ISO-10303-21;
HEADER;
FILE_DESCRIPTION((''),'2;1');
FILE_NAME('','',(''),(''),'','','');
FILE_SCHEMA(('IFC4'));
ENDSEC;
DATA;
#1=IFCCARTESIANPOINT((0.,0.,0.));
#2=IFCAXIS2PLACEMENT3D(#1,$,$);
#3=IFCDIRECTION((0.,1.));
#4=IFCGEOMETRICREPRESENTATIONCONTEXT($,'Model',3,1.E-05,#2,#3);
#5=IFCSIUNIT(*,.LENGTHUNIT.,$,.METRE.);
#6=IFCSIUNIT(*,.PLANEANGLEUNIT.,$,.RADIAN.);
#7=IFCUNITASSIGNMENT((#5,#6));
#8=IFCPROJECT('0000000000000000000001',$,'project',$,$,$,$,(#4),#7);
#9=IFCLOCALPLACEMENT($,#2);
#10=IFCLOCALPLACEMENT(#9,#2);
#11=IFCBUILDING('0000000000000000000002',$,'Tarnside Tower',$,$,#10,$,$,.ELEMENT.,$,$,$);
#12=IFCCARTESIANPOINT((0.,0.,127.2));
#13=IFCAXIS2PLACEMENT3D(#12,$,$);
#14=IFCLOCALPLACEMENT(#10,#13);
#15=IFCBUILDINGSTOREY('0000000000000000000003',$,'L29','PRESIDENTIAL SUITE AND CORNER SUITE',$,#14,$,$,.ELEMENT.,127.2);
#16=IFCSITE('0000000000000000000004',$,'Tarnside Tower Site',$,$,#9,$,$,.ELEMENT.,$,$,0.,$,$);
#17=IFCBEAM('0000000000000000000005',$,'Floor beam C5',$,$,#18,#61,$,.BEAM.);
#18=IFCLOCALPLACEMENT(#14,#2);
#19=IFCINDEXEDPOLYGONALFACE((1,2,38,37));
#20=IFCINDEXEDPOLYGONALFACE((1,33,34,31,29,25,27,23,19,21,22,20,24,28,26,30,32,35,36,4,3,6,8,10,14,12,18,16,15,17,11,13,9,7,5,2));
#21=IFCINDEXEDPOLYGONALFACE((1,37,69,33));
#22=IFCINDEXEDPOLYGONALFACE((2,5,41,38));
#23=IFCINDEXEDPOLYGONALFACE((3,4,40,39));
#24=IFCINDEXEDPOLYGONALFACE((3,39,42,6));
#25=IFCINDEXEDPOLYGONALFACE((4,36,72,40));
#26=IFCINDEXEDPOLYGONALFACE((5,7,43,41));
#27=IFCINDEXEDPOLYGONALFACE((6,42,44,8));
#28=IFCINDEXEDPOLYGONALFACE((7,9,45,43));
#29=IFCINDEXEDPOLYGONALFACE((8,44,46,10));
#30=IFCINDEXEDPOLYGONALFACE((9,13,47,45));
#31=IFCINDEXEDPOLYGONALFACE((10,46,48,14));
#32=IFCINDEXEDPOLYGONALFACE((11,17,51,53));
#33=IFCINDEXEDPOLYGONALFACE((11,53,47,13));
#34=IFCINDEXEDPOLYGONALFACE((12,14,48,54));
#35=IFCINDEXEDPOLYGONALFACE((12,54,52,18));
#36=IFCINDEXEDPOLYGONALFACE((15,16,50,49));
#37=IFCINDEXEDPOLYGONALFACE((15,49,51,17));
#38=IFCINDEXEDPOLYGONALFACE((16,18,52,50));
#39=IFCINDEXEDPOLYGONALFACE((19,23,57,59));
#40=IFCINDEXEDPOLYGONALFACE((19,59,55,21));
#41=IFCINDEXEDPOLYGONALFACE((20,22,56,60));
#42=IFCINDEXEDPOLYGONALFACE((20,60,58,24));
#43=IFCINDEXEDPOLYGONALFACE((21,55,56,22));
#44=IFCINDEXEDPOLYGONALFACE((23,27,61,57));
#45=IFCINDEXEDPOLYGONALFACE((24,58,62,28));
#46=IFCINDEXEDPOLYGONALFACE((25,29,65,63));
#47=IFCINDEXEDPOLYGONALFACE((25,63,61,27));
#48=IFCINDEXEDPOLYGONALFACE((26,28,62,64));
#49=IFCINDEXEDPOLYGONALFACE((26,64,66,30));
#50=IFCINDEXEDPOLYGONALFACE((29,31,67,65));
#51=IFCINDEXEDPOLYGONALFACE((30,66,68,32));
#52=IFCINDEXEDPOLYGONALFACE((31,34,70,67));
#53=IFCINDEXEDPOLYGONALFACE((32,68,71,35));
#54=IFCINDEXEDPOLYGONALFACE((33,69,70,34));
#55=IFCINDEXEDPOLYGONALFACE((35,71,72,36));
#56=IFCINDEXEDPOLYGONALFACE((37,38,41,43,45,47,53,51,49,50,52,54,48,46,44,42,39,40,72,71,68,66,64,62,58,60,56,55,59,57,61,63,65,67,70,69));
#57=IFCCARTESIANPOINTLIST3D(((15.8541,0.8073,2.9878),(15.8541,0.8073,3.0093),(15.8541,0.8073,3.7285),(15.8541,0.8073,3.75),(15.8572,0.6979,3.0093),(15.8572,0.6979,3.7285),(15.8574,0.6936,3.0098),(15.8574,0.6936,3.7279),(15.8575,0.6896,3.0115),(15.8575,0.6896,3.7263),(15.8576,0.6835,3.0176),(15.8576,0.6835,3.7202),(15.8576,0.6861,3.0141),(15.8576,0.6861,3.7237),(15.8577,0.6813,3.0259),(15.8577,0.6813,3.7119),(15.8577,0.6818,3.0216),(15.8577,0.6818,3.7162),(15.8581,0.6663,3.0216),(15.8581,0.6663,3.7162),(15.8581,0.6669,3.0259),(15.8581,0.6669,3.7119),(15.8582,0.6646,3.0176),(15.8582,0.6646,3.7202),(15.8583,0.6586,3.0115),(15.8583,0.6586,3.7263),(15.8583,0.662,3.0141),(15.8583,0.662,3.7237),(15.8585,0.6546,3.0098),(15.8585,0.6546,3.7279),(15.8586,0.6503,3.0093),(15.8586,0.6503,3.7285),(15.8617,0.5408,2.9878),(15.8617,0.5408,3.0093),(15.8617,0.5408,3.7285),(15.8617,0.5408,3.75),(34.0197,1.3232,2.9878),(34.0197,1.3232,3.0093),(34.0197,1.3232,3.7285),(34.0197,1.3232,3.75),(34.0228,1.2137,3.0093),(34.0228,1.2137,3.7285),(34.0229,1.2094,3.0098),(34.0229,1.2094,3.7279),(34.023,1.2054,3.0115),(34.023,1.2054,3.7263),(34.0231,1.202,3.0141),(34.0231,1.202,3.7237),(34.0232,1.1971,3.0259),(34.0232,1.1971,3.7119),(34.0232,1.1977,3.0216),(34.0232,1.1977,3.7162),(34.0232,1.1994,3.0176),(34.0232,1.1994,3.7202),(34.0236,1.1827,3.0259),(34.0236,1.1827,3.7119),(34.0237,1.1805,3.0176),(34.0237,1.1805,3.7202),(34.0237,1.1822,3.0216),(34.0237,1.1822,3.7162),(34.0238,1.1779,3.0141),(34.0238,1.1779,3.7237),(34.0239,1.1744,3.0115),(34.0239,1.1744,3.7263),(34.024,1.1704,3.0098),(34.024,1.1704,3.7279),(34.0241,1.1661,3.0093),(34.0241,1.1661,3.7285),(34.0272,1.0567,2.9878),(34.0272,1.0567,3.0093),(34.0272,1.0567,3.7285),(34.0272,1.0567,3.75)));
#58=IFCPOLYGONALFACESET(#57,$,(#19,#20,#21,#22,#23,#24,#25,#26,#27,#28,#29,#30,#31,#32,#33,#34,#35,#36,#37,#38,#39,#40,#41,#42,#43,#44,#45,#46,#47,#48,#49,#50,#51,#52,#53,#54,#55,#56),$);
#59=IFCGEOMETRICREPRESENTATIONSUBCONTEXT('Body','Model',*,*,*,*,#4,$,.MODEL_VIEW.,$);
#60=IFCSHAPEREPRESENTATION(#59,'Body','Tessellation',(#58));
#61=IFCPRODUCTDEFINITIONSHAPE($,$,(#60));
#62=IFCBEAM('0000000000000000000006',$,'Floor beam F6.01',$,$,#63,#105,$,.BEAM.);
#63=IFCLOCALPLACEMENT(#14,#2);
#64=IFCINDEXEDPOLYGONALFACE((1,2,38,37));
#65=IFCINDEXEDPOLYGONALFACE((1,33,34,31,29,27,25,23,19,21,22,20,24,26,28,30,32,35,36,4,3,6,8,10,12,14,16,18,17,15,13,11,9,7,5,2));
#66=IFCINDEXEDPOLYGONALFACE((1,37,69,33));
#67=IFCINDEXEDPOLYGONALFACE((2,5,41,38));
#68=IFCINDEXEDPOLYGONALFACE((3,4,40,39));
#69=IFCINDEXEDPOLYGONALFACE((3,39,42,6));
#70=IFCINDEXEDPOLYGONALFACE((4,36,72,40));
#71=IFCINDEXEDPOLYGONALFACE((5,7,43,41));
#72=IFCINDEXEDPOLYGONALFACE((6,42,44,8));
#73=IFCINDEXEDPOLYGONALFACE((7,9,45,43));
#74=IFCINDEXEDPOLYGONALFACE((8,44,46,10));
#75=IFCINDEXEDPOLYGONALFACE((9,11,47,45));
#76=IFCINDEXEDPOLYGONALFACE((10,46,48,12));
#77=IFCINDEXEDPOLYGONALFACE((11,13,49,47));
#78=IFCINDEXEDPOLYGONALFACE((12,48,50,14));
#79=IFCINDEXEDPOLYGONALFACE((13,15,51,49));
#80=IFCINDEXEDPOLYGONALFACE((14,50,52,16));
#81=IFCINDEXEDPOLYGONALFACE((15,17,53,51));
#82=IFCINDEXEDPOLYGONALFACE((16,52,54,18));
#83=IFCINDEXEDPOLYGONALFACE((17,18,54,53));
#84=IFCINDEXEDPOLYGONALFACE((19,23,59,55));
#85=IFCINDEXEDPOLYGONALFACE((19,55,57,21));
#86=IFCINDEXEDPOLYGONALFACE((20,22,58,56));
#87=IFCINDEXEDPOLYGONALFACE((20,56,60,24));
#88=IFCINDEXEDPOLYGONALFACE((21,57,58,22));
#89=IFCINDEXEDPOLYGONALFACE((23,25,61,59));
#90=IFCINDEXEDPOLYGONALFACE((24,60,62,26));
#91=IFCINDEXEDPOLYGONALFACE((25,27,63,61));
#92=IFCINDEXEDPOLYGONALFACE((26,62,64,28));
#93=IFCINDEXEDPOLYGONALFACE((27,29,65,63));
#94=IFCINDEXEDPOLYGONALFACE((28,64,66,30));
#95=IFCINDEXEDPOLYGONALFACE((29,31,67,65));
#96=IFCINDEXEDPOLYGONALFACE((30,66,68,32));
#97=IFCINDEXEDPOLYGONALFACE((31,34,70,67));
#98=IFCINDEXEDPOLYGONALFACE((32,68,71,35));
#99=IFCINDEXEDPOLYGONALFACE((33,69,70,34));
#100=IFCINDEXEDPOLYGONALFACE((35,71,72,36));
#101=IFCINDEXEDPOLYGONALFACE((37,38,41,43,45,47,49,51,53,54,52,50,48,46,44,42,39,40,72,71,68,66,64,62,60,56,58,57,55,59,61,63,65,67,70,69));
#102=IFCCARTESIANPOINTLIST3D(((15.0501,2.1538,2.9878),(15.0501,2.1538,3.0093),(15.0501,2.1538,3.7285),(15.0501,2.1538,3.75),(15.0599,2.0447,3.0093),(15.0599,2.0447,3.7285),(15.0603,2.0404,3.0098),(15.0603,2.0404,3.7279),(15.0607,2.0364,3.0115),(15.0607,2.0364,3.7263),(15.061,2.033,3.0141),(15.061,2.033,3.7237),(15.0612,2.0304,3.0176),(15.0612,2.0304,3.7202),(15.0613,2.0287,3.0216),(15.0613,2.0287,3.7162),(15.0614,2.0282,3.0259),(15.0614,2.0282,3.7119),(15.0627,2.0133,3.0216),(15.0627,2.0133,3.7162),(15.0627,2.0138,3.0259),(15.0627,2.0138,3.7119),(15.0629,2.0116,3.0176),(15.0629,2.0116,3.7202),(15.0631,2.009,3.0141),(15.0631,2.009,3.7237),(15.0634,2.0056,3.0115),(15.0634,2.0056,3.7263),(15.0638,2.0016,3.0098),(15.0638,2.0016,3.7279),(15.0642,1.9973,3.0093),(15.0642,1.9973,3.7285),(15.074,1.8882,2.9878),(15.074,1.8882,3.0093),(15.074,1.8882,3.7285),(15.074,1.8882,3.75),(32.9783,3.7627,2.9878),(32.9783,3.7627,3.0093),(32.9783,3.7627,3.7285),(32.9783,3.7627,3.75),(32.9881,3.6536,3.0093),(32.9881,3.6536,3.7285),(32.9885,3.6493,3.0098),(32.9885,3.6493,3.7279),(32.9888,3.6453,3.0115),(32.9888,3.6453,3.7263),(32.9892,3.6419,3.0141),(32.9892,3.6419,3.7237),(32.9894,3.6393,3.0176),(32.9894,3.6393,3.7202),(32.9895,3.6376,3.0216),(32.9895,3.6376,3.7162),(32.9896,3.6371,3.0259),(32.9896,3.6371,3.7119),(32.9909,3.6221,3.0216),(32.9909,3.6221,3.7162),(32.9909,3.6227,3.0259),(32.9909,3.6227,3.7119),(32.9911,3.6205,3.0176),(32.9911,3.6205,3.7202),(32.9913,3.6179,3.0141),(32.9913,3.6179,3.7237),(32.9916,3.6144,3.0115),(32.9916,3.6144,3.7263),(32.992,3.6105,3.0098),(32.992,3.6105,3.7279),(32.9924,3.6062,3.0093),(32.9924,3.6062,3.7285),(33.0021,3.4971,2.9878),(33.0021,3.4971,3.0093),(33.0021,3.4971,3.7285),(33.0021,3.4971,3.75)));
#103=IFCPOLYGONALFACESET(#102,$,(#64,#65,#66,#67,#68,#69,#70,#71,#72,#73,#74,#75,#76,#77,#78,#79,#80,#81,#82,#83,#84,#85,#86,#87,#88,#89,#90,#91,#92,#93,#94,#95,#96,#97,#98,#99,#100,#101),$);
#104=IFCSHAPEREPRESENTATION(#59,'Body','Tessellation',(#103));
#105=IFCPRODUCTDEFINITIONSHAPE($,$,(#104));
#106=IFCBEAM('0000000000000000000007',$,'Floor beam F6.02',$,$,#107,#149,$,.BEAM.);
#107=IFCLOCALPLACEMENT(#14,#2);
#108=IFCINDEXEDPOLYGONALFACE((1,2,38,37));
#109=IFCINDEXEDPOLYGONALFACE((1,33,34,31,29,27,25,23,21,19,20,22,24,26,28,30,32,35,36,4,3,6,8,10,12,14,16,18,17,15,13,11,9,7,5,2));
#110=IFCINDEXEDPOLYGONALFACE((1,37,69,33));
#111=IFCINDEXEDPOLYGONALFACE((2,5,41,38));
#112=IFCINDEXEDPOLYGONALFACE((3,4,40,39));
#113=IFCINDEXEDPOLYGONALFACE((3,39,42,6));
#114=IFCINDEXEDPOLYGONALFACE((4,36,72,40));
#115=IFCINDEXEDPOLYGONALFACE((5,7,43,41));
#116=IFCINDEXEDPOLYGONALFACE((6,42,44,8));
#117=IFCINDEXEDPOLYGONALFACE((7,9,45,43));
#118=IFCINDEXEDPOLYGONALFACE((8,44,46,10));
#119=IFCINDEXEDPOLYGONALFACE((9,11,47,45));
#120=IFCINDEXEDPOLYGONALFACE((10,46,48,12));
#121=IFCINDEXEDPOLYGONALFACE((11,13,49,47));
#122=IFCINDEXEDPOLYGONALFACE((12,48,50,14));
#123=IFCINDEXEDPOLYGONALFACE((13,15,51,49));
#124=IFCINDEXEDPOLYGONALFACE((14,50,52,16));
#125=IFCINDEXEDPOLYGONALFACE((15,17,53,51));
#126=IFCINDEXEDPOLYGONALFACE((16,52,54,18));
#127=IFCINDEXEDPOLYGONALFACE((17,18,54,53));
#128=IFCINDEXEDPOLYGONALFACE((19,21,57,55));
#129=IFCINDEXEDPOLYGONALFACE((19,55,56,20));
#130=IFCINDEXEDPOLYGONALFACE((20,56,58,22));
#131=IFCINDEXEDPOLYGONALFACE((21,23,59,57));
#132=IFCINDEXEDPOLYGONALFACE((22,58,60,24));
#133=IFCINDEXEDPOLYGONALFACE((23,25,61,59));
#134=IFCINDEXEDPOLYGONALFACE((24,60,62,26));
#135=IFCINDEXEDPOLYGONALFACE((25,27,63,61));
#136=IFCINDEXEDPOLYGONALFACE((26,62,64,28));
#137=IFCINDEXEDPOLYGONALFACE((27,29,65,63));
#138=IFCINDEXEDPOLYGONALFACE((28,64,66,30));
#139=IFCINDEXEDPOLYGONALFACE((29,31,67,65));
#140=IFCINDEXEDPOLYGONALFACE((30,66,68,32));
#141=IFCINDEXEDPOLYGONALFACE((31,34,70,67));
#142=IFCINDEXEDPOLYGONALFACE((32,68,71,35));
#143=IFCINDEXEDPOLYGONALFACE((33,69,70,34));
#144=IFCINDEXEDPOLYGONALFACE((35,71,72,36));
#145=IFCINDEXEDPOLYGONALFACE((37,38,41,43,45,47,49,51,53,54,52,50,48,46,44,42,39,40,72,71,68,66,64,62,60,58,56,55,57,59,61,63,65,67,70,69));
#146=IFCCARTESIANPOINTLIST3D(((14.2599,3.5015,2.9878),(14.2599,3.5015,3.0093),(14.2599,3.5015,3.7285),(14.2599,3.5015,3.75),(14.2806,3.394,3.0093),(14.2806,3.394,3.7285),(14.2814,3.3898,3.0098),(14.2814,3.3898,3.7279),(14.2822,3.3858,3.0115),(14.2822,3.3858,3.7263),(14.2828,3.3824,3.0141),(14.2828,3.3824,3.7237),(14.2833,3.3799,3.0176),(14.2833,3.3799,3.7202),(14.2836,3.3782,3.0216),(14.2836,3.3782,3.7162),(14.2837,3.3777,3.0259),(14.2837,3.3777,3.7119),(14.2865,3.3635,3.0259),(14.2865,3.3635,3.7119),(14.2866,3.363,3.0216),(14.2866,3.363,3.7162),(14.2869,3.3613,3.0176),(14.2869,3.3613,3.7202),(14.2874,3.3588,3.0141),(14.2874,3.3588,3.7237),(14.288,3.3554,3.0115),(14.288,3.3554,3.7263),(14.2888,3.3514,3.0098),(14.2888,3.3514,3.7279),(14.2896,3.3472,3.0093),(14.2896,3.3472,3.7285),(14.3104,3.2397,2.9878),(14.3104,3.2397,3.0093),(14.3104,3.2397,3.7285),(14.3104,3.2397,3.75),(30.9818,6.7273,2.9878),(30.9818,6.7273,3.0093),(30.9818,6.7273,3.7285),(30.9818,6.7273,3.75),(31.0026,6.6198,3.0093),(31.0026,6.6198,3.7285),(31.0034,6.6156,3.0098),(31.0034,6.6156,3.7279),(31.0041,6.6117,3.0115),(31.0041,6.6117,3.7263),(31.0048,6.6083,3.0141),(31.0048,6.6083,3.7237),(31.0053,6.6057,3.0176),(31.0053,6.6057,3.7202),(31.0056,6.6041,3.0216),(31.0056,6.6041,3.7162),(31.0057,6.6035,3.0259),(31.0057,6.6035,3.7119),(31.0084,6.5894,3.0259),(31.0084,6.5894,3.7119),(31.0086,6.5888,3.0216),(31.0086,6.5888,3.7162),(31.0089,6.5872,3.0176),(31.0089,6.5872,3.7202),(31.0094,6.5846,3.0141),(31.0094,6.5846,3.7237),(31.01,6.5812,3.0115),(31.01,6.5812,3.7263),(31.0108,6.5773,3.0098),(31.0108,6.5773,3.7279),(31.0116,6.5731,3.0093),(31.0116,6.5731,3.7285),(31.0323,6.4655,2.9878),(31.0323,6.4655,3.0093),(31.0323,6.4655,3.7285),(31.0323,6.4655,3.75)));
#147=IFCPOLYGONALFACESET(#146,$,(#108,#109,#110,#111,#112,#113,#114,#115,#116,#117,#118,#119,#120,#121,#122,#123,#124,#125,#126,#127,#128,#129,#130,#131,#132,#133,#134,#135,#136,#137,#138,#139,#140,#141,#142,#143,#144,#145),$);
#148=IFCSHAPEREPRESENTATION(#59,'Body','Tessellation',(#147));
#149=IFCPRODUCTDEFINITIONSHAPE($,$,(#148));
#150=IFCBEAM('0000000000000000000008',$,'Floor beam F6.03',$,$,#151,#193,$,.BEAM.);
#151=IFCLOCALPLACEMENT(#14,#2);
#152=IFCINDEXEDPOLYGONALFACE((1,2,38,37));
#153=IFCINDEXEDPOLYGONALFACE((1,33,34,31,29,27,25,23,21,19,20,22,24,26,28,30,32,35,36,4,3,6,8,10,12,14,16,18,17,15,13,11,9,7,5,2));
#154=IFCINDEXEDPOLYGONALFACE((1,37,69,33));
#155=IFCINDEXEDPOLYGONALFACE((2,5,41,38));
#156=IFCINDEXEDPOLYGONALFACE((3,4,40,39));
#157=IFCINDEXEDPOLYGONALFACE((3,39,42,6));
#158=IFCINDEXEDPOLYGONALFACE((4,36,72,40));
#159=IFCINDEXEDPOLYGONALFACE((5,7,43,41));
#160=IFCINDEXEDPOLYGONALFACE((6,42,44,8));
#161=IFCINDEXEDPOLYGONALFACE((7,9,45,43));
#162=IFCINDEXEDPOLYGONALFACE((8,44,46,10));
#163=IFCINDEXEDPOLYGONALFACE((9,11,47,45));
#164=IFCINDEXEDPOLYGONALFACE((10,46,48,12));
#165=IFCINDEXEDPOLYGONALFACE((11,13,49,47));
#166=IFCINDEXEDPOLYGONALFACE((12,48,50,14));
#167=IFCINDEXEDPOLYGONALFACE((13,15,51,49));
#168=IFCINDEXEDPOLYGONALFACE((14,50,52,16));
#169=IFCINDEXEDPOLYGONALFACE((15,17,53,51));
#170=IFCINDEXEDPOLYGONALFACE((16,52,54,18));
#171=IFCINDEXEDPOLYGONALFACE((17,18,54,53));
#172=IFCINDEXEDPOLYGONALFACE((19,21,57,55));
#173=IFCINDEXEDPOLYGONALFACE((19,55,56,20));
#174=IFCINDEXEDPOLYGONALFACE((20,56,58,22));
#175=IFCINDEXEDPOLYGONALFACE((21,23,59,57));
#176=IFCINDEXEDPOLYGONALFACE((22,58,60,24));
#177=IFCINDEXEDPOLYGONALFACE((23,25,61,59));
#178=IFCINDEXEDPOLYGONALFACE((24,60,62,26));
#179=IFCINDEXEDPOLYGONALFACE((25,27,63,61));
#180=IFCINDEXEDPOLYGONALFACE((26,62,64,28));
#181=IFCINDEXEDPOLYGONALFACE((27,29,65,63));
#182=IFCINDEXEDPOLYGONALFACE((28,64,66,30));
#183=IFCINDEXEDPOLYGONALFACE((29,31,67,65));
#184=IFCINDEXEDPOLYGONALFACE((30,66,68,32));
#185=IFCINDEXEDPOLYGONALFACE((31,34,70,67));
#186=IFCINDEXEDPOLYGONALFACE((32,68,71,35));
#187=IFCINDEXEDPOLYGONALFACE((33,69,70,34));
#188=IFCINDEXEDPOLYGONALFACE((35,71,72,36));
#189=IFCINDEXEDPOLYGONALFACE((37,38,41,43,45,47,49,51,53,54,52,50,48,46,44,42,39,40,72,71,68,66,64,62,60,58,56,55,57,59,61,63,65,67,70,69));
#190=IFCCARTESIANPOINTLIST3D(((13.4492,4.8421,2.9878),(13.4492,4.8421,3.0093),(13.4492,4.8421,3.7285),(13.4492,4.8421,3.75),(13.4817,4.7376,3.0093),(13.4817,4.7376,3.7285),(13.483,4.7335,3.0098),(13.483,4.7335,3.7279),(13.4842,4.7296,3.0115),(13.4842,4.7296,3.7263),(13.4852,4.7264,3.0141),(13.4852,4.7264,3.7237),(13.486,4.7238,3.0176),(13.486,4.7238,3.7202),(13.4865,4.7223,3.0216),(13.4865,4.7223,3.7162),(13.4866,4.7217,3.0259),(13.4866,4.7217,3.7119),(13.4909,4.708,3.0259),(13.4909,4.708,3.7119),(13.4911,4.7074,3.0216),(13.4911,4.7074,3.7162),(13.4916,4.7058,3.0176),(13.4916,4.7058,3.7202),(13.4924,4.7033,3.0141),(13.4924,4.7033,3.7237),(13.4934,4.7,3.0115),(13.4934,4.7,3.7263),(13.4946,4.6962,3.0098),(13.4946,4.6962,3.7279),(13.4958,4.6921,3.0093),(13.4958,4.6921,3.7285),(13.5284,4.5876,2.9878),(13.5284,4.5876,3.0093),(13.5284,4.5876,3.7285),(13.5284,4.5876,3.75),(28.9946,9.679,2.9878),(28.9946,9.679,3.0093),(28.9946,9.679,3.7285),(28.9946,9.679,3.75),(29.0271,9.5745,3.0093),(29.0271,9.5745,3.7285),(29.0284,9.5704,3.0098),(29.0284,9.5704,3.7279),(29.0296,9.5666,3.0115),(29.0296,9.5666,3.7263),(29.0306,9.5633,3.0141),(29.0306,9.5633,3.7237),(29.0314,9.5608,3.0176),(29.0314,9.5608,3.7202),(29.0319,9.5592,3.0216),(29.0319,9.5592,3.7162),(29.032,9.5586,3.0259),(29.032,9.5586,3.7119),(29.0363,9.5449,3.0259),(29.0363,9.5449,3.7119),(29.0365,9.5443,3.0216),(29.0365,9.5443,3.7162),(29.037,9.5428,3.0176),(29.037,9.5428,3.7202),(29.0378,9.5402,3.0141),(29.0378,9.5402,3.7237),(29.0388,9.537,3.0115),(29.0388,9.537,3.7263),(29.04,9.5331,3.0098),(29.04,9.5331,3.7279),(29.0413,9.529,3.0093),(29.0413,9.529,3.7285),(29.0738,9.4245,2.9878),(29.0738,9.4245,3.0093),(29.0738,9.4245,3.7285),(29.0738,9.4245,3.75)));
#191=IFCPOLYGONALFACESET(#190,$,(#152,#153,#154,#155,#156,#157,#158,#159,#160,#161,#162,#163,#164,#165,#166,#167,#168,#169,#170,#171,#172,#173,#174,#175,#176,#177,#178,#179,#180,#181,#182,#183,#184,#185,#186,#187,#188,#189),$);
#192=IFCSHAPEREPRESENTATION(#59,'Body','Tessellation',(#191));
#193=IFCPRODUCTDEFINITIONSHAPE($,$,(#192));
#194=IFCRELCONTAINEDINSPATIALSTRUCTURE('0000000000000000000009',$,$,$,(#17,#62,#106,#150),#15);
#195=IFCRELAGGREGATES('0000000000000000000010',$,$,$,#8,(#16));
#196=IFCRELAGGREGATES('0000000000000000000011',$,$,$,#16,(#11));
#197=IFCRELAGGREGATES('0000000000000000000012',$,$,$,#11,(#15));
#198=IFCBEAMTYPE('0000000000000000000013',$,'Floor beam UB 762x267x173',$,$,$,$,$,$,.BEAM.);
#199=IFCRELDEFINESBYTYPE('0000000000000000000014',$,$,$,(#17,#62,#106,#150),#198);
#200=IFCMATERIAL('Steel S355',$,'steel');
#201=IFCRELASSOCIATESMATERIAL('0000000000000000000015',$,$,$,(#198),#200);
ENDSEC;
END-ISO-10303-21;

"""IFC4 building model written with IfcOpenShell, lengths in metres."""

from ifc_helpers import new_model, si_unit, direction, frame, origin, origin_2d, place, context, subcontext, project, spatial, i_section, extrude, material, material_profile, profile_set, type_object, element, save


model = new_model("IFC4")

# Units and contexts
model_context = context("Model", 3, precision=1e-05, world=origin(), true_north=direction((0.0, 1.0)))
body_context = subcontext(model_context, "Body", "Model", "MODEL_VIEW")
ifc_project = project(units=[si_unit("LENGTHUNIT", "METRE"), si_unit("PLANEANGLEUNIT", "RADIAN")], contexts=[model_context])

# Site, building, storey
site_placement = place(None, origin())
site = spatial("IfcSite", under=ifc_project, at=site_placement, Name="Tarnside Tower Site", CompositionType="ELEMENT", RefElevation=0.0)
building_placement = place(site_placement, origin())
building = spatial("IfcBuilding", under=site, at=building_placement, Name="Tarnside Tower", CompositionType="ELEMENT")
storey_placement = place(building_placement, frame((0.0, 0.0, 127.2)))
storey = spatial("IfcBuildingStorey", under=building, at=storey_placement, Name="L29", Description="PRESIDENTIAL SUITE AND CORNER SUITE", CompositionType="ELEMENT", Elevation=127.2)

# Beams
ifc_material_1 = material(Name="Steel S355", Category="steel")
ifc_material_profile = material_profile(ifc_material_1, i_section(OverallWidth=0.2666, OverallDepth=0.7622, WebThickness=0.0144, FlangeThickness=0.0215, FilletRadius=0.0166, at=origin_2d()), Name="UB 762x267x173")
ifc_profile_set = profile_set([ifc_material_profile], Name="Steel S355")
beam_type = type_object("IfcBeamType", Name="Floor beam UB 762x267x173", PredefinedType="BEAM", material=ifc_profile_set)
beam_1_placement = place(storey_placement, frame((34.0234, 1.1899, 3.3689), z_axis=(-0.999597, -0.028387, 0.0), x_axis=(0.028387, -0.999597, 0.0)))
element("IfcBeam", 1, at=beam_1_placement, inside=storey, type_object=beam_type, Name="Floor beam C5", PredefinedType="BEAM", context=body_context, shape_type="SweptSolid", body=[
    extrude(i_section(OverallWidth=0.2666, OverallDepth=0.7622, WebThickness=0.0144, FlangeThickness=0.0215, FilletRadius=0.0166, at=origin_2d()), origin(), (0.0, 0.0, 1.0), 18.1729),
])
beam_2_placement = place(storey_placement, frame((32.9902, 3.6299, 3.3689), z_axis=(-0.995997, -0.089381, 0.0), x_axis=(0.089381, -0.995997, 0.0)))
element("IfcBeam", 2, at=beam_2_placement, inside=storey, type_object=beam_type, Name="Floor beam F6.01", PredefinedType="BEAM", context=body_context, shape_type="SweptSolid", body=[
    extrude(i_section(OverallWidth=0.2666, OverallDepth=0.7622, WebThickness=0.0144, FlangeThickness=0.0215, FilletRadius=0.0166, at=origin_2d()), origin(), (0.0, 0.0, 1.0), 18.0002),
])
beam_3_placement = place(storey_placement, frame((31.0071, 6.5964, 3.3689), z_axis=(-0.981897, -0.189418, 0.0), x_axis=(0.189418, -0.981897, 0.0)))
element("IfcBeam", 3, at=beam_3_placement, inside=storey, type_object=beam_type, Name="Floor beam F6.02", PredefinedType="BEAM", context=body_context, shape_type="SweptSolid", body=[
    extrude(i_section(OverallWidth=0.2666, OverallDepth=0.7622, WebThickness=0.0144, FlangeThickness=0.0215, FilletRadius=0.0166, at=origin_2d()), origin(), (0.0, 0.0, 1.0), 17.0303),
])
beam_4_placement = place(storey_placement, frame((29.0342, 9.5518, 3.3689), z_axis=(-0.954847, -0.297098, 0.0), x_axis=(0.297098, -0.954847, 0.0)))
element("IfcBeam", 4, at=beam_4_placement, inside=storey, type_object=beam_type, Name="Floor beam F6.03", PredefinedType="BEAM", context=body_context, shape_type="SweptSolid", body=[
    extrude(i_section(OverallWidth=0.2666, OverallDepth=0.7622, WebThickness=0.0144, FlangeThickness=0.0215, FilletRadius=0.0166, at=origin_2d()), origin(), (0.0, 0.0, 1.0), 16.2805),
])

save(model, "model.ifc")
